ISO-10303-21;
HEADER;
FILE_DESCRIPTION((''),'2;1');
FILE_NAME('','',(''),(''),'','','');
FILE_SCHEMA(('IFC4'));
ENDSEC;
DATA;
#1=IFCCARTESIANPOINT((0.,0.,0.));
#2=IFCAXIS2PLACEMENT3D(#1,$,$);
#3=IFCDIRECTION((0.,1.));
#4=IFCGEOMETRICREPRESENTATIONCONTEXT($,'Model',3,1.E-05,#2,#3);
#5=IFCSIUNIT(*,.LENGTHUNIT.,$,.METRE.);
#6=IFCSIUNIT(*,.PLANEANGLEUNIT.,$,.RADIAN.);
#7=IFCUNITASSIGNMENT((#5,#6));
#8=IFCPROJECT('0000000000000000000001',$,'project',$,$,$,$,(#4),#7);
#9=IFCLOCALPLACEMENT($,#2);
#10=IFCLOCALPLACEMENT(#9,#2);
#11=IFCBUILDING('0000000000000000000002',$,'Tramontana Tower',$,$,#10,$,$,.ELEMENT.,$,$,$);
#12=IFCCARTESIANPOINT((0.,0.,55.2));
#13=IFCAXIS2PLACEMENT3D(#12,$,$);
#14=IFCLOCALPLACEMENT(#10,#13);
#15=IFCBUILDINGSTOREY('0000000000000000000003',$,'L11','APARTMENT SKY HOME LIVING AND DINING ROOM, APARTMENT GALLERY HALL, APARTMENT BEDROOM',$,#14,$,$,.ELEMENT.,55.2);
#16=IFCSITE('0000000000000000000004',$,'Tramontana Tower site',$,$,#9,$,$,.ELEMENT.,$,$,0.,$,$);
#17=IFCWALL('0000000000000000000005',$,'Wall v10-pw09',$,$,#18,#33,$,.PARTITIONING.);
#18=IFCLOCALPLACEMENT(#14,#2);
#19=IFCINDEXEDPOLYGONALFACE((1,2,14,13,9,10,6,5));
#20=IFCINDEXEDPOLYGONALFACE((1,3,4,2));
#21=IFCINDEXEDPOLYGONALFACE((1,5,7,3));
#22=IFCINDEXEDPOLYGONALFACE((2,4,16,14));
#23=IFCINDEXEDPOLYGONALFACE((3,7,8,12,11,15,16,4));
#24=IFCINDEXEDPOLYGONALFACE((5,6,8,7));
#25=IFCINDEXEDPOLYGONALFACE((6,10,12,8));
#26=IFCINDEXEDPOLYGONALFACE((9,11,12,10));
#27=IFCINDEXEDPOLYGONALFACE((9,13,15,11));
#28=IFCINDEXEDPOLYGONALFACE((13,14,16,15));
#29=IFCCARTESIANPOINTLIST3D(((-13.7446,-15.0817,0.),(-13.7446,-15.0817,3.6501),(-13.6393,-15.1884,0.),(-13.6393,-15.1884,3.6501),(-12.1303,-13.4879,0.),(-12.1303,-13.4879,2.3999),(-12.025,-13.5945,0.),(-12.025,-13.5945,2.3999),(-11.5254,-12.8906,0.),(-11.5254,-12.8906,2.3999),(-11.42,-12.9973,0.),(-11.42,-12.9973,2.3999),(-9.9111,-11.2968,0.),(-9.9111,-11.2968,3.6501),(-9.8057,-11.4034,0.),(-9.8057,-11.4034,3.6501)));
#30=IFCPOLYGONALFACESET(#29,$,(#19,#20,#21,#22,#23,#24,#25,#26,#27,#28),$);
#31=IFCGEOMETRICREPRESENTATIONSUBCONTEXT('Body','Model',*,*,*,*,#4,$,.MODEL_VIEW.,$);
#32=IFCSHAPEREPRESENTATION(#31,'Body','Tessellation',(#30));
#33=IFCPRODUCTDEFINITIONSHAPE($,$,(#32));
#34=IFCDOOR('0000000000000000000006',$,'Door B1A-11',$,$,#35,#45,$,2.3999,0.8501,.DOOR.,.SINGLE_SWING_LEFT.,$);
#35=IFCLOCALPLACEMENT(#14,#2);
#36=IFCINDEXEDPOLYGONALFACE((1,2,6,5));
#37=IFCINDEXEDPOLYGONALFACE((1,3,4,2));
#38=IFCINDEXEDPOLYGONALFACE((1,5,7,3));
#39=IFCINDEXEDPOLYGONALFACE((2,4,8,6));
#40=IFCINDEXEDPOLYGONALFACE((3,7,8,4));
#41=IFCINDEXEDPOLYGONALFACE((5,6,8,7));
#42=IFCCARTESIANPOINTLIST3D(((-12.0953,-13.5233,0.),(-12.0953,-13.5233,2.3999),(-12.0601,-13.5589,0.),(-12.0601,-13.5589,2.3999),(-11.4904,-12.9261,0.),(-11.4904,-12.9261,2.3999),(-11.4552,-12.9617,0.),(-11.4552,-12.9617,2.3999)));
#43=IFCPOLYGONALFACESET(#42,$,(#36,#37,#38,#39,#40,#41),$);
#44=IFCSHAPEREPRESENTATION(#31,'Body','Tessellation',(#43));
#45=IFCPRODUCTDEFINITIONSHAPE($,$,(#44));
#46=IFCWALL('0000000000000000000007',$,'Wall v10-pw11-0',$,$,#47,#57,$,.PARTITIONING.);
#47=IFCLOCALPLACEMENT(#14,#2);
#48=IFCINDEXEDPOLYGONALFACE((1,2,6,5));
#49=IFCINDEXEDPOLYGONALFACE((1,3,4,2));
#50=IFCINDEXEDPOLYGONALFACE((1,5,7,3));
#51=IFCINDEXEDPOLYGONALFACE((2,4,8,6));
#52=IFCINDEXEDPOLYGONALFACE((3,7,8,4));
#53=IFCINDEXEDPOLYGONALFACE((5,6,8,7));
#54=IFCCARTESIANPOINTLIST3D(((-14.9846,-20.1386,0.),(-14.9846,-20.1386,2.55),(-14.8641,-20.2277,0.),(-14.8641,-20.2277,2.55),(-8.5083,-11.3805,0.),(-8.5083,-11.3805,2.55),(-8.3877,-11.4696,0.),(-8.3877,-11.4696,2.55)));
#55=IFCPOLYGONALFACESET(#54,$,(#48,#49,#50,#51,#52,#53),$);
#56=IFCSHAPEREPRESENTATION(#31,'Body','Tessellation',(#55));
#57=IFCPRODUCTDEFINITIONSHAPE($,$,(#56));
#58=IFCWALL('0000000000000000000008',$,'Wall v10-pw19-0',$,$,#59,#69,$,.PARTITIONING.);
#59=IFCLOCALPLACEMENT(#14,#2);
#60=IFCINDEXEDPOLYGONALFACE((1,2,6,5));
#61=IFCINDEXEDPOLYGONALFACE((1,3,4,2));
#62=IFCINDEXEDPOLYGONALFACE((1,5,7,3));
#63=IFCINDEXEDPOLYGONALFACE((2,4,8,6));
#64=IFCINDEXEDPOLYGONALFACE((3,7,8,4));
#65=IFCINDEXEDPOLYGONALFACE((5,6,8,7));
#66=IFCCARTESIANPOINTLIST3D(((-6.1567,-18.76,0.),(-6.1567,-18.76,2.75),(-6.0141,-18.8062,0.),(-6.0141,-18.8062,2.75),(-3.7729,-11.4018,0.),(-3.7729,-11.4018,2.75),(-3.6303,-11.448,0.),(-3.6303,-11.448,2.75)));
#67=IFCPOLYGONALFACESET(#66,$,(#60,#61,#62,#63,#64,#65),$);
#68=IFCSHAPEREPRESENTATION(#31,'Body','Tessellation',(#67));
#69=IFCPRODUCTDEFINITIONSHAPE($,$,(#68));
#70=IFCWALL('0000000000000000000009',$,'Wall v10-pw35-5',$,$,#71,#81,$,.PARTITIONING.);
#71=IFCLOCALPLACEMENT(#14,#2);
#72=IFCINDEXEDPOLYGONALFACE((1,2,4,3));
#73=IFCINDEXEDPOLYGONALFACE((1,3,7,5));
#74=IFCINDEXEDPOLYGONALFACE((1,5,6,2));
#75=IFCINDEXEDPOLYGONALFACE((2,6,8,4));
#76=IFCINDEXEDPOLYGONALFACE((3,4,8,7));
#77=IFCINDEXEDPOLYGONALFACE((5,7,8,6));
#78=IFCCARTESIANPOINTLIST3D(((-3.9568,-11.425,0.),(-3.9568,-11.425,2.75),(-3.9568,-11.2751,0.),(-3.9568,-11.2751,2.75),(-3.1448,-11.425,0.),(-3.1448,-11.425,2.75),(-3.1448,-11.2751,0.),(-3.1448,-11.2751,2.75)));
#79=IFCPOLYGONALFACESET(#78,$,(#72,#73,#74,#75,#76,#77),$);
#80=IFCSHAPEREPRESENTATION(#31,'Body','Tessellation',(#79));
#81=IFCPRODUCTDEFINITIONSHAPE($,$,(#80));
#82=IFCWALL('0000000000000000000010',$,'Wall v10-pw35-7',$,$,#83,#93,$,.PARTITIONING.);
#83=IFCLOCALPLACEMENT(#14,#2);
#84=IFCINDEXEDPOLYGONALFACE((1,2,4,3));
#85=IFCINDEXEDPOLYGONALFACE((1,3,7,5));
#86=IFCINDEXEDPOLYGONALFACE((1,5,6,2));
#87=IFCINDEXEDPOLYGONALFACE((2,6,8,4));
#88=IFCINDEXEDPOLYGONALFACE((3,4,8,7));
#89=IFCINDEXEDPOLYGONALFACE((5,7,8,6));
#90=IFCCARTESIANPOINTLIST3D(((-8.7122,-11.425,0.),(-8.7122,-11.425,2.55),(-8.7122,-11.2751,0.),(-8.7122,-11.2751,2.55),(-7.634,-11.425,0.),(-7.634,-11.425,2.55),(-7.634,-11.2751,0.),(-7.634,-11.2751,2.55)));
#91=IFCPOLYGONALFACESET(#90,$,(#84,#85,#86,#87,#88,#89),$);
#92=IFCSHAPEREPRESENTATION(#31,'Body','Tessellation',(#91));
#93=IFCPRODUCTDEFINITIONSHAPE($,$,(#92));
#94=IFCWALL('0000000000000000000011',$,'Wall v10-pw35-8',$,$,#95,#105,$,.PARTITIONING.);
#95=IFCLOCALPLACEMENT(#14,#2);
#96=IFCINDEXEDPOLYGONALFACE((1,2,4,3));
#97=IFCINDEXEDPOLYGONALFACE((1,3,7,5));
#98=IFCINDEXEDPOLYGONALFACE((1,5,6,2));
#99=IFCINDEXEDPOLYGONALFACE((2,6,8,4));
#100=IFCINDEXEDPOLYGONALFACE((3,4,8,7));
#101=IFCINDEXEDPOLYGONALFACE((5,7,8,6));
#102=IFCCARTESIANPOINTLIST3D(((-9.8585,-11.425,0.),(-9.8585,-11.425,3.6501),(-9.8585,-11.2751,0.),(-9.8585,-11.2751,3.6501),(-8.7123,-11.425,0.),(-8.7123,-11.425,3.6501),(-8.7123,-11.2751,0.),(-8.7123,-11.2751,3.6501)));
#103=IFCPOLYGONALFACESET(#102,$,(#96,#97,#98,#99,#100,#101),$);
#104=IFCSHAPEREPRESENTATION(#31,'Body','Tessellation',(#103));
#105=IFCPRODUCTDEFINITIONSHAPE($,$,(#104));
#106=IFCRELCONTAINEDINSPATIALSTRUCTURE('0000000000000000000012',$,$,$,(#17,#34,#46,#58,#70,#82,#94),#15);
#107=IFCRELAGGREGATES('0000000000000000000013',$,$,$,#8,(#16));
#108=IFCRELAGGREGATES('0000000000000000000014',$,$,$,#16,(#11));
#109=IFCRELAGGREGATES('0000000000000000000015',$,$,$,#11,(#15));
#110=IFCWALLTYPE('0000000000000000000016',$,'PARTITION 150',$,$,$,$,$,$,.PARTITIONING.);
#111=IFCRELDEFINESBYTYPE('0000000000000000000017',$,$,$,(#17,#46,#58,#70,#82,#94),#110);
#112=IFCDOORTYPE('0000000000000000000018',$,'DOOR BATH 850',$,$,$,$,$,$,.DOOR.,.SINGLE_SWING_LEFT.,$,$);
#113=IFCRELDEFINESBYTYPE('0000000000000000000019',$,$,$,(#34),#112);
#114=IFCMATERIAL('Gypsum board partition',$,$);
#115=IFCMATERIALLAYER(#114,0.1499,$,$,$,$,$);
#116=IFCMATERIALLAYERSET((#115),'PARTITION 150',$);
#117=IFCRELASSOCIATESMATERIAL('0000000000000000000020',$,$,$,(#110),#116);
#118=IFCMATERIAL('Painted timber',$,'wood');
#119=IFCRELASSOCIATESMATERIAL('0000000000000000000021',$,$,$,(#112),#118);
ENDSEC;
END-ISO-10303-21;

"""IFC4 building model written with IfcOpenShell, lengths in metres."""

from ifc_helpers import new_model, si_unit, direction, frame, frame_2d, origin, place, context, subcontext, project, spatial, rectangle, extrude, material, layer, layer_set, type_object, element, fill, save


model = new_model("IFC4")

# Units and contexts
model_context = context("Model", 3, precision=1e-05, world=origin(), true_north=direction((0.0, 1.0)))
body_context = subcontext(model_context, "Body", "Model", "MODEL_VIEW")
ifc_project = project(units=[si_unit("LENGTHUNIT", "METRE"), si_unit("PLANEANGLEUNIT", "RADIAN")], contexts=[model_context])

# Site, building, storey
site_placement = place(None, origin())
site = spatial("IfcSite", under=ifc_project, at=site_placement, Name="Tramontana Tower site", CompositionType="ELEMENT", RefElevation=0.0)
building_placement = place(site_placement, origin())
building = spatial("IfcBuilding", under=site, at=building_placement, Name="Tramontana Tower", CompositionType="ELEMENT")
storey_placement = place(building_placement, frame((0.0, 0.0, 55.2)))
storey = spatial("IfcBuildingStorey", under=building, at=storey_placement, Name="L11", Description="APARTMENT SKY HOME LIVING AND DINING ROOM, APARTMENT GALLERY HALL, APARTMENT BEDROOM", CompositionType="ELEMENT", Elevation=55.2)

# Shared definitions
ifc_material_1 = material(Name="Gypsum board partition")
ifc_layer_1 = layer(ifc_material_1, 0.1499)
ifc_layer_set_1 = layer_set([ifc_layer_1], Name="PARTITION 150")
wall_type_1 = type_object("IfcWallType", Name="PARTITION 150", PredefinedType="PARTITIONING", material=ifc_layer_set_1)

# Wall, opening, door
wall_1_placement = place(storey_placement, frame((-9.8584, -11.3501, 0.0), z_axis=(0.0, 0.0, 1.0), x_axis=(-0.711602, -0.702583, 0.0)))
wall_1 = element("IfcWall", 1, at=wall_1_placement, inside=storey, type_object=wall_type_1, Name="Wall v10-pw09", PredefinedType="PARTITIONING", context=body_context, shape_type="SweptSolid", body=[
    extrude(rectangle(XDim=5.3872, YDim=0.1499, at=frame_2d((2.6936, 0.0))), origin(), (0.0, 0.0, 1.0), 3.6501),
])
opening_1_placement = place(wall_1_placement, frame((2.2686, 0.0, 0.0)))
opening_1 = element("IfcOpeningElement", 2, at=opening_1_placement, cuts=wall_1, PredefinedType="OPENING", context=body_context, shape_type="SweptSolid", body=[
    extrude(rectangle(XDim=0.8501, YDim=2.3999, at=frame_2d((0.425, 1.2))), frame((0.0, 0.085, 0.0), z_axis=(0.0, -1.0, 0.0), x_axis=(1.0, 0.0, 0.0)), (0.0, 0.0, 1.0), 0.1699),
])
ifc_material_2 = material(Name="Painted timber", Category="wood")
door_type_1 = type_object("IfcDoorType", Name="DOOR BATH 850", OperationType="SINGLE_SWING_LEFT", PredefinedType="DOOR", material=ifc_material_2)
door_1_placement = place(opening_1_placement, origin())
door_1 = element("IfcDoor", 3, at=door_1_placement, inside=storey, type_object=door_type_1, Name="Door B1A-11", OperationType="SINGLE_SWING_LEFT", OverallHeight=2.3999, OverallWidth=0.8501, PredefinedType="DOOR", context=body_context, shape_type="SweptSolid", body=[
    extrude(rectangle(XDim=0.8501, YDim=2.3999, at=frame_2d((0.425, 1.2))), frame((0.0, 0.0249, 0.0), z_axis=(0.0, -1.0, 0.0), x_axis=(1.0, 0.0, 0.0)), (0.0, 0.0, 1.0), 0.05),
])
fill(opening_1, door_1)

# Walls
wall_2_placement = place(storey_placement, frame((-8.448, -11.425, 0.0), z_axis=(0.0, 0.0, 1.0), x_axis=(-0.594568, -0.804046, 0.0)))
element("IfcWall", 4, at=wall_2_placement, inside=storey, type_object=wall_type_1, Name="Wall v10-pw11-0", PredefinedType="PARTITIONING", context=body_context, shape_type="SweptSolid", body=[
    extrude(rectangle(XDim=10.8926, YDim=0.1499, at=frame_2d((5.4463, 0.0))), origin(), (0.0, 0.0, 1.0), 2.55),
])
wall_3_placement = place(storey_placement, frame((-3.7017, -11.425, 0.0), z_axis=(0.0, 0.0, 1.0), x_axis=(-0.308196, -0.951323, 0.0)))
element("IfcWall", 5, at=wall_3_placement, inside=storey, type_object=wall_type_1, Name="Wall v10-pw19-0", PredefinedType="PARTITIONING", context=body_context, shape_type="SweptSolid", body=[
    extrude(rectangle(XDim=7.7346, YDim=0.1499, at=frame_2d((3.8672, 0.0))), origin(), (0.0, 0.0, 1.0), 2.75),
])
wall_4_placement = place(storey_placement, frame((-3.1448, -11.3501, 0.0), z_axis=(0.0, 0.0, 1.0), x_axis=(-1.0, 0.0, 0.0)))
element("IfcWall", 6, at=wall_4_placement, inside=storey, type_object=wall_type_1, Name="Wall v10-pw35-5", PredefinedType="PARTITIONING", context=body_context, shape_type="SweptSolid", body=[
    extrude(rectangle(XDim=0.812, YDim=0.1499, at=frame_2d((0.406, 0.0))), origin(), (0.0, 0.0, 1.0), 2.75),
])

# Walls
wall_5_placement = place(storey_placement, frame((-7.634, -11.3501, 0.0), z_axis=(0.0, 0.0, 1.0), x_axis=(-1.0, 0.0, 0.0)))
element("IfcWall", 7, at=wall_5_placement, inside=storey, type_object=wall_type_1, Name="Wall v10-pw35-7", PredefinedType="PARTITIONING", context=body_context, shape_type="SweptSolid", body=[
    extrude(rectangle(XDim=1.0781, YDim=0.1499, at=frame_2d((0.5391, 0.0))), origin(), (0.0, 0.0, 1.0), 2.55),
])
wall_6_placement = place(storey_placement, frame((-8.7122, -11.3501, 0.0), z_axis=(0.0, 0.0, 1.0), x_axis=(-1.0, 0.0, 0.0)))
element("IfcWall", 8, at=wall_6_placement, inside=storey, type_object=wall_type_1, Name="Wall v10-pw35-8", PredefinedType="PARTITIONING", context=body_context, shape_type="SweptSolid", body=[
    extrude(rectangle(XDim=1.1462, YDim=0.1499, at=frame_2d((0.5732, 0.0))), origin(), (0.0, 0.0, 1.0), 3.6501),
])

save(model, "model.ifc")
